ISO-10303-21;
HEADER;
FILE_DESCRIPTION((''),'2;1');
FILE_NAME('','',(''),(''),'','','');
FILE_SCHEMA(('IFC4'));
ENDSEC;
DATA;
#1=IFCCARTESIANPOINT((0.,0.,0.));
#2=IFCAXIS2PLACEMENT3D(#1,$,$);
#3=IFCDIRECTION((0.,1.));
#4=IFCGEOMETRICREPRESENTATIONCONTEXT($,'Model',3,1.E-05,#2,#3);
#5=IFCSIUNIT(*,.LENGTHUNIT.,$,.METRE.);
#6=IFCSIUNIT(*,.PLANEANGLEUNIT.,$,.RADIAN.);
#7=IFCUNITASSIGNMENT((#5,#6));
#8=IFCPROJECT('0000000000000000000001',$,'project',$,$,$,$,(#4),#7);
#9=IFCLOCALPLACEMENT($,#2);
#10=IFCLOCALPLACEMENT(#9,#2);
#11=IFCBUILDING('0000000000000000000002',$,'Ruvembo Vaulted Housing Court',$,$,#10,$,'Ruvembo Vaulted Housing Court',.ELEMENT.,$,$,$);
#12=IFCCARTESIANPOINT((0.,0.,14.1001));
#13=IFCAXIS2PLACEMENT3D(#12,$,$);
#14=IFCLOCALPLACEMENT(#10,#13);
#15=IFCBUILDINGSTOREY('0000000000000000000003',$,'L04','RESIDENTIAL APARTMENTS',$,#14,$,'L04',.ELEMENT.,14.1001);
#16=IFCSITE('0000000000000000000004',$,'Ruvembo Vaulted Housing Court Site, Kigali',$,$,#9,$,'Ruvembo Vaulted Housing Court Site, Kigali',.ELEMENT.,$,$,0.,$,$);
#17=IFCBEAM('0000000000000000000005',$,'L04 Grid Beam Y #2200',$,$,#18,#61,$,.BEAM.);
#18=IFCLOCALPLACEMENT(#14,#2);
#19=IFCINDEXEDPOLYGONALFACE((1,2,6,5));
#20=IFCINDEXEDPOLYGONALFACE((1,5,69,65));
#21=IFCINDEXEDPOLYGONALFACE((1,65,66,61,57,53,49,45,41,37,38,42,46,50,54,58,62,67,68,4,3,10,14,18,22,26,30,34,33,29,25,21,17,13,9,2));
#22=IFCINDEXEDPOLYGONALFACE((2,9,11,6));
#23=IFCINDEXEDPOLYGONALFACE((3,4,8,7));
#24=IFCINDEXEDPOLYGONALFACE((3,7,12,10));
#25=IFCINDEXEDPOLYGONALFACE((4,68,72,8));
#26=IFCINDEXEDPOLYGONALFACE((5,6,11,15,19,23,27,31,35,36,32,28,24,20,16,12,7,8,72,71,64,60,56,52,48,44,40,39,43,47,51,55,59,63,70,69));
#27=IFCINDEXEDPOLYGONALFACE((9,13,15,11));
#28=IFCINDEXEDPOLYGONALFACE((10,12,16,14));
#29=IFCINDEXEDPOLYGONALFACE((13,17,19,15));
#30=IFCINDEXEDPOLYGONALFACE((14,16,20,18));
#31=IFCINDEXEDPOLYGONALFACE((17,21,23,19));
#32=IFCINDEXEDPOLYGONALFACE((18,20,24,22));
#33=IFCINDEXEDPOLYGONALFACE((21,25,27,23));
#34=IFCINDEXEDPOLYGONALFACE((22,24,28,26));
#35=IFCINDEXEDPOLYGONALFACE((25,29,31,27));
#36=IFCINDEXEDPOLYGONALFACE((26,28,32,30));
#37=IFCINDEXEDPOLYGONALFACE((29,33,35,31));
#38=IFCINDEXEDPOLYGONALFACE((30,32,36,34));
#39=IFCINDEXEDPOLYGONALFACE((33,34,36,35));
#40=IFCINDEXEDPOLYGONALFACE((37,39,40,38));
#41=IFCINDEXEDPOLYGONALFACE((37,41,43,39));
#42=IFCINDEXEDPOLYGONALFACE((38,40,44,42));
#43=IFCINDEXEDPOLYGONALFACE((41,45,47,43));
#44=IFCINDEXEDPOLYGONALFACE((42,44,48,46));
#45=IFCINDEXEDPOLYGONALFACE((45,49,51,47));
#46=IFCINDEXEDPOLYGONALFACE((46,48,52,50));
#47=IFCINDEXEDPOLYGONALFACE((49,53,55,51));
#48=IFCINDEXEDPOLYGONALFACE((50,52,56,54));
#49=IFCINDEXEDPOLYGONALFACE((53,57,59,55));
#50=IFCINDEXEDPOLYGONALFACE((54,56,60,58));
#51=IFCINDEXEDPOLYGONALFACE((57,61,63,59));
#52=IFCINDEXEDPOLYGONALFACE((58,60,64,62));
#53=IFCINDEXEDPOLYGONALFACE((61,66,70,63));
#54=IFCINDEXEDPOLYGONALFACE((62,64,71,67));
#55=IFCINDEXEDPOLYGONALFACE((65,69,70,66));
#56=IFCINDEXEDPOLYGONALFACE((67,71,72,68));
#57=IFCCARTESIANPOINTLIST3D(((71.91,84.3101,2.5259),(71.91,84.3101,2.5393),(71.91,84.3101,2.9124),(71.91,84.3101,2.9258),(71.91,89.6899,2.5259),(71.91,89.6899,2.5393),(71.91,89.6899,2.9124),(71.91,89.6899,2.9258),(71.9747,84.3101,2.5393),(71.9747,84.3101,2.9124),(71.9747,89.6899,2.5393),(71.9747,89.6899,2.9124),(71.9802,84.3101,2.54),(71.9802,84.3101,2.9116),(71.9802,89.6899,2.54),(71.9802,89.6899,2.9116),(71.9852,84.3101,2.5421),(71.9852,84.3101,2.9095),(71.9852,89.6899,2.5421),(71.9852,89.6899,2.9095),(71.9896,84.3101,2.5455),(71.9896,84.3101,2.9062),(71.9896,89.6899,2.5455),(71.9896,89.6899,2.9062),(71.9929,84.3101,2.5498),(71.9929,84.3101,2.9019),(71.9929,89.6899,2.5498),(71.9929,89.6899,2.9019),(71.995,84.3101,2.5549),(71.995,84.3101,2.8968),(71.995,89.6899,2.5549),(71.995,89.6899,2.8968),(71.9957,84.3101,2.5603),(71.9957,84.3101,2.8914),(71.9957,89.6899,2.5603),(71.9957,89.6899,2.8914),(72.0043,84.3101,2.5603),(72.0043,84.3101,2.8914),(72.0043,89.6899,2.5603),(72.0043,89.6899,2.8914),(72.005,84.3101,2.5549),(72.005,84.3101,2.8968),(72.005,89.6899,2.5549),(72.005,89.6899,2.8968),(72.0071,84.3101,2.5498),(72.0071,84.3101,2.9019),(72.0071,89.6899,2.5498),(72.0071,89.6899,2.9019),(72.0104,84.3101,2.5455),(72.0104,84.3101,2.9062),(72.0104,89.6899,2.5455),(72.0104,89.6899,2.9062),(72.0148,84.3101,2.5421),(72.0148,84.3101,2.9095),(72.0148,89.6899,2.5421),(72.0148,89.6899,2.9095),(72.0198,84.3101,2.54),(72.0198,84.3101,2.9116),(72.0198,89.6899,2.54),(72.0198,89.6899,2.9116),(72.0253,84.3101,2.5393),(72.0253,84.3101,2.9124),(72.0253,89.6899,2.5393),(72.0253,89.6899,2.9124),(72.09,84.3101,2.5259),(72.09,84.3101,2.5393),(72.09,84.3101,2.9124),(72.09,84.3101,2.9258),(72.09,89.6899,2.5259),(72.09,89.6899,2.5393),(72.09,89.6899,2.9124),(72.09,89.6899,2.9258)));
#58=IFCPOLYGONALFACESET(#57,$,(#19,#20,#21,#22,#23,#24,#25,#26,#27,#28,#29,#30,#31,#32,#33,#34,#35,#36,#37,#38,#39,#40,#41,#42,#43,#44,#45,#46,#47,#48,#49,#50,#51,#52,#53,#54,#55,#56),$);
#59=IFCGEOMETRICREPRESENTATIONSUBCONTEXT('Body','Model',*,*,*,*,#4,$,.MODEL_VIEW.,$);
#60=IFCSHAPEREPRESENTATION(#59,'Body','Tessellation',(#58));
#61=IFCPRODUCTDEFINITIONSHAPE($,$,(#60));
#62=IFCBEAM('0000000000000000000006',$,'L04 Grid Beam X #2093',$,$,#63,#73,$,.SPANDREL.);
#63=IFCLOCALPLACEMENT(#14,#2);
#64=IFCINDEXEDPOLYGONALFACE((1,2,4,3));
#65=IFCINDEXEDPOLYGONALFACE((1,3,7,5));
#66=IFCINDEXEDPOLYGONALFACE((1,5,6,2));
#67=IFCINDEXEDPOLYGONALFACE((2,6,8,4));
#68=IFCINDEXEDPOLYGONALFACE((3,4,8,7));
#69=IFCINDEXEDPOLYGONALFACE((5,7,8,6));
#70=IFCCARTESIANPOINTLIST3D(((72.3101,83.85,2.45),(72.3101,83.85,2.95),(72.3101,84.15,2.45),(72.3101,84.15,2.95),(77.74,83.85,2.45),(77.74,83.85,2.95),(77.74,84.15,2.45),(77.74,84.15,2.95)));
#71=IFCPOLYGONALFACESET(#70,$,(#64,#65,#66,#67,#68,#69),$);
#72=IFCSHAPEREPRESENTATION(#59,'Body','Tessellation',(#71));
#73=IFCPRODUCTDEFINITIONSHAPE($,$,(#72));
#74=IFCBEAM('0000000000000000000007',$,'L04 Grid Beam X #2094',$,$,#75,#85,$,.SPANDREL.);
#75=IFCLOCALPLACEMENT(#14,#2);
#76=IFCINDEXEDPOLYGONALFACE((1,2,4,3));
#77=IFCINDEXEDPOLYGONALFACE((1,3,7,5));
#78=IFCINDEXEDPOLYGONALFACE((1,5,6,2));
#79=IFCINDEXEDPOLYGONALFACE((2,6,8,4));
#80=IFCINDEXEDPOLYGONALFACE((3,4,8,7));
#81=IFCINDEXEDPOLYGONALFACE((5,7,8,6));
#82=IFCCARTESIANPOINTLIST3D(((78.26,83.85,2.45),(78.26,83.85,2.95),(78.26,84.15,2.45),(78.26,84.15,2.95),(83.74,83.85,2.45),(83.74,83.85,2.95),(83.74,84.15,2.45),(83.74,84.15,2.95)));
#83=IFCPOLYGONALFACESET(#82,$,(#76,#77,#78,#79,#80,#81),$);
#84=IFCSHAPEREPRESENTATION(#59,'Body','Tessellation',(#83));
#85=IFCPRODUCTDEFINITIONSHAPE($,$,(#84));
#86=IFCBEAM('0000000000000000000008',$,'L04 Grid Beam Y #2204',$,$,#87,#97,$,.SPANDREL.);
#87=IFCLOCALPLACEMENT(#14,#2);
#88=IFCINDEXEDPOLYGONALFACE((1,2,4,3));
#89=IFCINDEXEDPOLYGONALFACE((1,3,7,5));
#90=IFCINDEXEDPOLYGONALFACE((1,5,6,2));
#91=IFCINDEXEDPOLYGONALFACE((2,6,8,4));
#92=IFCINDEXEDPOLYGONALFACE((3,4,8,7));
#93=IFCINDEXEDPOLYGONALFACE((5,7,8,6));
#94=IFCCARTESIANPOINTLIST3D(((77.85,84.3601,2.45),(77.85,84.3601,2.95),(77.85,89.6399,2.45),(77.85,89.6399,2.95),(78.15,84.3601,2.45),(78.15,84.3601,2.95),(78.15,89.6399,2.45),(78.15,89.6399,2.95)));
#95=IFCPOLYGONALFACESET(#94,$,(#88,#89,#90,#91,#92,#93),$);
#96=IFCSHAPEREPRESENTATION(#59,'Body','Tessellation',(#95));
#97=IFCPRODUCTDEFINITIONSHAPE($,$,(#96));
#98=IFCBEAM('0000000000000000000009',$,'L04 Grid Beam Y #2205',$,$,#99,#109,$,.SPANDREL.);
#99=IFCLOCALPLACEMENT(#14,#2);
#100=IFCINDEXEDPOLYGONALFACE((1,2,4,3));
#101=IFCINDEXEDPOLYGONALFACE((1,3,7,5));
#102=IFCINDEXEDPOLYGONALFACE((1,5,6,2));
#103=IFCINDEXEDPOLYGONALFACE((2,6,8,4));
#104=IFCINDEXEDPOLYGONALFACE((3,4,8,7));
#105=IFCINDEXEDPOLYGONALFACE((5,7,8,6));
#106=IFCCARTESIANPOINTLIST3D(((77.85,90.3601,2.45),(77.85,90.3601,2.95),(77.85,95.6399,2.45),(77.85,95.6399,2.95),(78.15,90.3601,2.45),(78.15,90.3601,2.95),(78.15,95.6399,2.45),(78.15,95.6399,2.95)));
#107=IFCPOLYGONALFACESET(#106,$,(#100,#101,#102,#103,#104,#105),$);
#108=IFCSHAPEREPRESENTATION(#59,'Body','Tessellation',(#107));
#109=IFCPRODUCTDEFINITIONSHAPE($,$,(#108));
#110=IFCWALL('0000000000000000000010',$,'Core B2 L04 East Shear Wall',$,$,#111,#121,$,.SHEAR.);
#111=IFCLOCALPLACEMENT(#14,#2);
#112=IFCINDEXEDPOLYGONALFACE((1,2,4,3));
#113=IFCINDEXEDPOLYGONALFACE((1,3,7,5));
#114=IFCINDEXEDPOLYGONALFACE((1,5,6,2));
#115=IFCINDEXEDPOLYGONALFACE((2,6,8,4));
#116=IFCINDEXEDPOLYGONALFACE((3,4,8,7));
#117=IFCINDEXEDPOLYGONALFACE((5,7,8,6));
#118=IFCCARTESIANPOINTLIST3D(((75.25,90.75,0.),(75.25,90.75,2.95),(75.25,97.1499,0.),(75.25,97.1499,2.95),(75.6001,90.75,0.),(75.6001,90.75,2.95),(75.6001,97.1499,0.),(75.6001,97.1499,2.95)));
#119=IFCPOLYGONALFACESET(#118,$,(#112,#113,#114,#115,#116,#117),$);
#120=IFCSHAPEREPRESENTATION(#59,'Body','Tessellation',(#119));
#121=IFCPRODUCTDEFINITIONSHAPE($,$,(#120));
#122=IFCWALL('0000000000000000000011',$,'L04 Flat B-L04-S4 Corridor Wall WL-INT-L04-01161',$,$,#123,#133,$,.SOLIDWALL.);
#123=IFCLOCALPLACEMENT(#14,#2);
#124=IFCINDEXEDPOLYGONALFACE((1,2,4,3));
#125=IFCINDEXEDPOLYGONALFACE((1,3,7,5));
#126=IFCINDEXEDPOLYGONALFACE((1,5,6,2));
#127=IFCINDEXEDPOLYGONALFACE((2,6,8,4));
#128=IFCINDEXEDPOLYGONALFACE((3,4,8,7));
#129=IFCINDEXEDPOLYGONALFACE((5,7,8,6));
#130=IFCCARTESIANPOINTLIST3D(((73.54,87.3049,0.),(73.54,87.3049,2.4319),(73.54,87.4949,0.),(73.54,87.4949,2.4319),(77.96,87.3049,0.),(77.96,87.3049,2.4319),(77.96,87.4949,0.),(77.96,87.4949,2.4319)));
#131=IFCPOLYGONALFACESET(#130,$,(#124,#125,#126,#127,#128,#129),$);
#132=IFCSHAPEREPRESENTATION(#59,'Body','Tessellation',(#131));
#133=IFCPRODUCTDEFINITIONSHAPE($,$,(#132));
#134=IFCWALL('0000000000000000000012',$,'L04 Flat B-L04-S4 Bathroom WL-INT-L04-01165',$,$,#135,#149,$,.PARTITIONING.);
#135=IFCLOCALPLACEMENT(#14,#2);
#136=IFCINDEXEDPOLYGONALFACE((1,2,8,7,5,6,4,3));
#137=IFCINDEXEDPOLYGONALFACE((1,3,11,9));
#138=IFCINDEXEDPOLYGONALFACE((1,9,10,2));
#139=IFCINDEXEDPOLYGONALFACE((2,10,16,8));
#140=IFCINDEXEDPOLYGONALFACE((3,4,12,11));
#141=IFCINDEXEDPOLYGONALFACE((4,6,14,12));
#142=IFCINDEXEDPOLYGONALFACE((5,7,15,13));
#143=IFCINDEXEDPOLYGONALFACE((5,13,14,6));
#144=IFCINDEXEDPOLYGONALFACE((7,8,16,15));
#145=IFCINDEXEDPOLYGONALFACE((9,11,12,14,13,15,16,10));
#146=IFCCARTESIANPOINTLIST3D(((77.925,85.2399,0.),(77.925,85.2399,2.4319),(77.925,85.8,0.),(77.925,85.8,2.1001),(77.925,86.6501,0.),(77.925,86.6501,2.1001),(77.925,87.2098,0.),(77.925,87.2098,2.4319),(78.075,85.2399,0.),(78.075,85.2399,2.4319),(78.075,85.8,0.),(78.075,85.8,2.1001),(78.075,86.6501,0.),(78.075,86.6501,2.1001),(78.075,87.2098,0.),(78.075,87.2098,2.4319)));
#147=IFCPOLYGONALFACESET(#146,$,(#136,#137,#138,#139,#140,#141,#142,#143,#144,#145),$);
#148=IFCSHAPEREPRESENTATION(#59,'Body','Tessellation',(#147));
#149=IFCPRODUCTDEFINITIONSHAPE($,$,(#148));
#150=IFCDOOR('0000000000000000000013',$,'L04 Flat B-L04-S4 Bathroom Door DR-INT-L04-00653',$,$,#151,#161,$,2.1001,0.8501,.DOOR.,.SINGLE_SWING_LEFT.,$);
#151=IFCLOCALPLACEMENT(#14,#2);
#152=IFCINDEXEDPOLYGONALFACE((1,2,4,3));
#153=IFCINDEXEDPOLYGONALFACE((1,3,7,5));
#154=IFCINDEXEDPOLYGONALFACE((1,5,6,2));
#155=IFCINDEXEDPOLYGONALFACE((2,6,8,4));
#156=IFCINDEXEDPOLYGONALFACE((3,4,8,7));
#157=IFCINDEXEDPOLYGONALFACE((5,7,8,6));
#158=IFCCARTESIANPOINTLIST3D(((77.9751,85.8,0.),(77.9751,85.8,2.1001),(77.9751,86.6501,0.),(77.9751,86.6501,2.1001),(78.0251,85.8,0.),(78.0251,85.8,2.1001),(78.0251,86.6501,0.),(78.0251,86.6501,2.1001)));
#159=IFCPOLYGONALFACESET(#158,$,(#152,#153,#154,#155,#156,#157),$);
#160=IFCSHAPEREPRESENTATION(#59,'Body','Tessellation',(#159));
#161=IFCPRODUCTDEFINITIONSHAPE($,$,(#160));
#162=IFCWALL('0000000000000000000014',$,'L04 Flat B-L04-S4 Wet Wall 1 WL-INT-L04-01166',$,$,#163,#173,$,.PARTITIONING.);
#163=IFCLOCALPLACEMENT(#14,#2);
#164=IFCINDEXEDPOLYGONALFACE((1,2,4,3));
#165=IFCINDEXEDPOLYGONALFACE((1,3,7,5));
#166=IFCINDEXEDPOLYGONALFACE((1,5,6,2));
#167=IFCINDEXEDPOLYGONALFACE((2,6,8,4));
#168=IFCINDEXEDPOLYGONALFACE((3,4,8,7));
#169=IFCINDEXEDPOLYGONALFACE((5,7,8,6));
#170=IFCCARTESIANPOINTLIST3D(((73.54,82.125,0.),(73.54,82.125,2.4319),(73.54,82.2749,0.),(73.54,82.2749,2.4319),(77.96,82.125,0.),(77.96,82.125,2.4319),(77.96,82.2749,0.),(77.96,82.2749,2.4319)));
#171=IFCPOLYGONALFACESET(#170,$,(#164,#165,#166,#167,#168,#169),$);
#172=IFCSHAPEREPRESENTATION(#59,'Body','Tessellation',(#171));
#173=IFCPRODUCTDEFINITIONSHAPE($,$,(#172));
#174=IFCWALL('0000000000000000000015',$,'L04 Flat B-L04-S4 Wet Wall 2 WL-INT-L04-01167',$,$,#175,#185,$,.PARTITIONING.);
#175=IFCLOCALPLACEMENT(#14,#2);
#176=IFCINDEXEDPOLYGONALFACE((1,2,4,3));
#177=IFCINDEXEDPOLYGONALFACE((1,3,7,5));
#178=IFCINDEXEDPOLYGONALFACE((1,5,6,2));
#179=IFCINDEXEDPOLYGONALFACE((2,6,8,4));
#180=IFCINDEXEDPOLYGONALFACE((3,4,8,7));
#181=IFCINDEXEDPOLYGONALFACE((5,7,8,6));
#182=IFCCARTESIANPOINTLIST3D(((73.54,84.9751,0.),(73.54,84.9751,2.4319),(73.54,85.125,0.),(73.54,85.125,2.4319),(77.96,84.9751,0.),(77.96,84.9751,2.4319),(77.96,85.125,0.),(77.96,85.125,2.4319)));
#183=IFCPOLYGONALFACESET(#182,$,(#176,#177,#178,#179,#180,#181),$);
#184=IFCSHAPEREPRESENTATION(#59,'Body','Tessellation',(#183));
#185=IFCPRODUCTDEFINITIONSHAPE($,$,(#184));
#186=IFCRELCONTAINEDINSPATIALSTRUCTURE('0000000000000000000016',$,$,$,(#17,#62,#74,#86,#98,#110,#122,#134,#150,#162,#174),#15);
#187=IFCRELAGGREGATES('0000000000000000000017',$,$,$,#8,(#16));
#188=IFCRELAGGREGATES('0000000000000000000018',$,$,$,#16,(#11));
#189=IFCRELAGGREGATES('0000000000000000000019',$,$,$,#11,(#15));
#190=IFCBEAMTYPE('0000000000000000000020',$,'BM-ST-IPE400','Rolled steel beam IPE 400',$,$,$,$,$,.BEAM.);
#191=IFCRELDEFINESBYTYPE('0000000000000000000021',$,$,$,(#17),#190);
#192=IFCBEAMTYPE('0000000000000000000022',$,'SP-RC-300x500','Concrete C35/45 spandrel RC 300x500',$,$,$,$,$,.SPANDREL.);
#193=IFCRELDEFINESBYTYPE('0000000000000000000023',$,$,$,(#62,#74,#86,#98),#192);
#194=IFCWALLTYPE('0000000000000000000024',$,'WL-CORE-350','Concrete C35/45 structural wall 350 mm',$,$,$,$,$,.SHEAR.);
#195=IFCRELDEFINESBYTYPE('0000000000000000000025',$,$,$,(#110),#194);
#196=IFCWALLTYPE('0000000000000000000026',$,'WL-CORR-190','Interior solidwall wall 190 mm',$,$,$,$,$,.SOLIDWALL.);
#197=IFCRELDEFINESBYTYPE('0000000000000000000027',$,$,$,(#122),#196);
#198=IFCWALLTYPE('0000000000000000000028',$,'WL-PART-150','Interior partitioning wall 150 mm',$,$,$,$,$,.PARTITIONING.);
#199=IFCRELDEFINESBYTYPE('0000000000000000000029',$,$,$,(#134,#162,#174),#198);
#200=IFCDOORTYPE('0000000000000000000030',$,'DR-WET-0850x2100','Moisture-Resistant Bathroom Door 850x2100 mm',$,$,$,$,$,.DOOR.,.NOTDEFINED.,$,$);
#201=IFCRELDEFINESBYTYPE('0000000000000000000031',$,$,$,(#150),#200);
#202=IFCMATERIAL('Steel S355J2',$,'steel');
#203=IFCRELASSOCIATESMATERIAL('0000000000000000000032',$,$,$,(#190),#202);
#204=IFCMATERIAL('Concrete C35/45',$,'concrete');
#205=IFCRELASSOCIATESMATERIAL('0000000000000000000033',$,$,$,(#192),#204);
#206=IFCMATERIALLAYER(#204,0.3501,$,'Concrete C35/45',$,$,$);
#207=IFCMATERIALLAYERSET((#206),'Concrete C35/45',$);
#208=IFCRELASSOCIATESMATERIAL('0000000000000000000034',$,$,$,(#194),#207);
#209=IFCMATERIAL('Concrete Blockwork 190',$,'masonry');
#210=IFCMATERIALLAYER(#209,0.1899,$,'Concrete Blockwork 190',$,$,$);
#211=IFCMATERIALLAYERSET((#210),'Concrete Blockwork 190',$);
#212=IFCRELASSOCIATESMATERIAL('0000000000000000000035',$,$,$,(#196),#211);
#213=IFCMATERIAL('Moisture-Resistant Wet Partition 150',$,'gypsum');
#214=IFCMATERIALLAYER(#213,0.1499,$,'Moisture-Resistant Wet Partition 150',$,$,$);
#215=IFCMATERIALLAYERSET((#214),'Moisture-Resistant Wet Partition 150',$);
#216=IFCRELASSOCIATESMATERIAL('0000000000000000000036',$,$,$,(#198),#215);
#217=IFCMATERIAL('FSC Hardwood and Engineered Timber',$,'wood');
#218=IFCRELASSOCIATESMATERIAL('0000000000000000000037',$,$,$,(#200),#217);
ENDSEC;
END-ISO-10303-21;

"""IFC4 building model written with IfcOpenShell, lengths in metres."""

from ifc_helpers import new_model, si_unit, direction, frame, frame_2d, origin, origin_2d, place, context, subcontext, project, spatial, rectangle, i_section, extrude, material, layer, layer_set, material_profile, profile_set, type_object, element, fill, save


model = new_model("IFC4")

# Units and contexts
model_context = context("Model", 3, precision=1e-05, world=origin(), true_north=direction((0.0, 1.0)))
body_context = subcontext(model_context, "Body", "Model", "MODEL_VIEW")
ifc_project = project(units=[si_unit("LENGTHUNIT", "METRE"), si_unit("PLANEANGLEUNIT", "RADIAN")], contexts=[model_context])

# Site, building, storey
site_placement = place(None, origin())
site = spatial("IfcSite", under=ifc_project, at=site_placement, Name="Ruvembo Vaulted Housing Court Site, Kigali", LongName="Ruvembo Vaulted Housing Court Site, Kigali", CompositionType="ELEMENT", RefElevation=0.0)
building_placement = place(site_placement, origin())
building = spatial("IfcBuilding", under=site, at=building_placement, Name="Ruvembo Vaulted Housing Court", LongName="Ruvembo Vaulted Housing Court", CompositionType="ELEMENT")
storey_placement = place(building_placement, frame((0.0, 0.0, 14.1001)))
storey = spatial("IfcBuildingStorey", under=building, at=storey_placement, Name="L04", Description="RESIDENTIAL APARTMENTS", LongName="L04", CompositionType="ELEMENT", Elevation=14.1001)

# Beams
ifc_material_1 = material(Name="Steel S355J2", Category="steel")
ifc_material_profile_1 = material_profile(ifc_material_1, i_section(OverallWidth=0.1799, OverallDepth=0.3999, WebThickness=0.0085, FlangeThickness=0.0134, FilletRadius=0.021, at=origin_2d()), Name="IPE 400")
ifc_profile_set_1 = profile_set([ifc_material_profile_1], Name="Steel S355J2")
beam_type_1 = type_object("IfcBeamType", Name="BM-ST-IPE400", Description="Rolled steel beam IPE 400", PredefinedType="BEAM", material=ifc_profile_set_1)
beam_1_placement = place(storey_placement, frame((72.0, 84.3101, 2.7258), z_axis=(0.0, 1.0, 0.0), x_axis=(-1.0, 0.0, 0.0)))
element("IfcBeam", 1, at=beam_1_placement, inside=storey, type_object=beam_type_1, Name="L04 Grid Beam Y #2200", PredefinedType="BEAM", context=body_context, shape_type="SweptSolid", body=[
    extrude(i_section(OverallWidth=0.1799, OverallDepth=0.3999, WebThickness=0.0085, FlangeThickness=0.0134, FilletRadius=0.021, at=origin_2d()), origin(), (0.0, 0.0, 1.0), 5.3799),
])
ifc_material_2 = material(Name="Concrete C35/45", Category="concrete")
ifc_material_profile_2 = material_profile(ifc_material_2, rectangle(XDim=0.3, YDim=0.5, at=origin_2d()), Name="RC 300x500")
ifc_profile_set_2 = profile_set([ifc_material_profile_2], Name="Concrete C35/45")
beam_type_2 = type_object("IfcBeamType", Name="SP-RC-300x500", Description="Concrete C35/45 spandrel RC 300x500", PredefinedType="SPANDREL", material=ifc_profile_set_2)
beam_2_placement = place(storey_placement, frame((72.3101, 84.0, 2.7), z_axis=(1.0, 0.0, 0.0), x_axis=(0.0, 1.0, 0.0)))
element("IfcBeam", 2, at=beam_2_placement, inside=storey, type_object=beam_type_2, Name="L04 Grid Beam X #2093", PredefinedType="SPANDREL", context=body_context, shape_type="SweptSolid", body=[
    extrude(rectangle(XDim=0.3, YDim=0.5, at=origin_2d()), origin(), (0.0, 0.0, 1.0), 5.4299),
])
beam_3_placement = place(storey_placement, frame((78.26, 84.0, 2.7), z_axis=(1.0, 0.0, 0.0), x_axis=(0.0, 1.0, 0.0)))
element("IfcBeam", 3, at=beam_3_placement, inside=storey, type_object=beam_type_2, Name="L04 Grid Beam X #2094", PredefinedType="SPANDREL", context=body_context, shape_type="SweptSolid", body=[
    extrude(rectangle(XDim=0.3, YDim=0.5, at=origin_2d()), origin(), (0.0, 0.0, 1.0), 5.48),
])
for number, where, z_axis, x_axis, name in (
    (4, (78.0, 84.3601, 2.7), (0.0, 1.0, 0.0), (-1.0, 0.0, 0.0), "L04 Grid Beam Y #2204"),
    (5, (78.0, 90.3601, 2.7), (0.0, 1.0, 0.0), (-1.0, 0.0, 0.0), "L04 Grid Beam Y #2205"),
):
    element("IfcBeam", number, at=place(storey_placement, frame(where, z_axis=z_axis, x_axis=x_axis)), inside=storey, type_object=beam_type_2, Name=name, PredefinedType="SPANDREL", context=body_context, shape_type="SweptSolid", body=[
        extrude(rectangle(XDim=0.3, YDim=0.5, at=origin_2d()), origin(), (0.0, 0.0, 1.0), 5.2798),
    ])

# Walls
ifc_layer_1 = layer(ifc_material_2, 0.3501, Name="Concrete C35/45")
ifc_layer_set_1 = layer_set([ifc_layer_1], Name="Concrete C35/45")
wall_type_1 = type_object("IfcWallType", Name="WL-CORE-350", Description="Concrete C35/45 structural wall 350 mm", PredefinedType="SHEAR", material=ifc_layer_set_1)
wall_1_placement = place(storey_placement, frame((75.425, 90.75, 0.0), z_axis=(0.0, 0.0, 1.0), x_axis=(0.0, 1.0, 0.0)))
element("IfcWall", 6, at=wall_1_placement, inside=storey, type_object=wall_type_1, Name="Core B2 L04 East Shear Wall", PredefinedType="SHEAR", context=body_context, shape_type="SweptSolid", body=[
    extrude(rectangle(XDim=6.3999, YDim=0.3501, at=frame_2d((3.2, 0.0))), origin(), (0.0, 0.0, 1.0), 2.95),
])
ifc_material_3 = material(Name="Concrete Blockwork 190", Category="masonry")
ifc_layer_2 = layer(ifc_material_3, 0.1899, Name="Concrete Blockwork 190")
ifc_layer_set_2 = layer_set([ifc_layer_2], Name="Concrete Blockwork 190")
wall_type_2 = type_object("IfcWallType", Name="WL-CORR-190", Description="Interior solidwall wall 190 mm", PredefinedType="SOLIDWALL", material=ifc_layer_set_2)
wall_2_placement = place(storey_placement, frame((73.54, 87.3999, 0.0), z_axis=(0.0, 0.0, 1.0), x_axis=(1.0, 0.0, 0.0)))
element("IfcWall", 7, at=wall_2_placement, inside=storey, type_object=wall_type_2, Name="L04 Flat B-L04-S4 Corridor Wall WL-INT-L04-01161", PredefinedType="SOLIDWALL", context=body_context, shape_type="SweptSolid", body=[
    extrude(rectangle(XDim=4.4199, YDim=0.1899, at=frame_2d((2.21, 0.0))), origin(), (0.0, 0.0, 1.0), 2.4319),
])

# Wall, opening, door
ifc_material_4 = material(Name="FSC Hardwood and Engineered Timber", Category="wood")
ifc_material_5 = material(Name="Moisture-Resistant Wet Partition 150", Category="gypsum")
ifc_layer_3 = layer(ifc_material_5, 0.1499, Name="Moisture-Resistant Wet Partition 150")
ifc_layer_set_3 = layer_set([ifc_layer_3], Name="Moisture-Resistant Wet Partition 150")
wall_type_3 = type_object("IfcWallType", Name="WL-PART-150", Description="Interior partitioning wall 150 mm", PredefinedType="PARTITIONING", material=ifc_layer_set_3)
wall_3_placement = place(storey_placement, frame((78.0, 85.24, 0.0), z_axis=(0.0, 0.0, 1.0), x_axis=(0.0, 1.0, 0.0)))
wall_3 = element("IfcWall", 8, at=wall_3_placement, inside=storey, type_object=wall_type_3, Name="L04 Flat B-L04-S4 Bathroom WL-INT-L04-01165", PredefinedType="PARTITIONING", context=body_context, shape_type="SweptSolid", body=[
    extrude(rectangle(XDim=1.97, YDim=0.1499, at=frame_2d((0.9849, 0.0))), origin(), (0.0, 0.0, 1.0), 2.4319),
])
opening_1_placement = place(wall_3_placement, frame((0.5601, 0.0, 0.0)))
opening_1 = element("IfcOpeningElement", 9, at=opening_1_placement, cuts=wall_3, PredefinedType="OPENING", context=body_context, shape_type="SweptSolid", body=[
    extrude(rectangle(XDim=0.8501, YDim=2.1001, at=frame_2d((0.425, 1.05))), frame((0.0, 0.085, 0.0), z_axis=(0.0, -1.0, 0.0), x_axis=(1.0, 0.0, 0.0)), (0.0, 0.0, 1.0), 0.1699),
])
door_type_1 = type_object("IfcDoorType", Name="DR-WET-0850x2100", Description="Moisture-Resistant Bathroom Door 850x2100 mm", OperationType="NOTDEFINED", PredefinedType="DOOR", material=ifc_material_4)
door_1_placement = place(opening_1_placement, origin())
door_1 = element("IfcDoor", 10, at=door_1_placement, inside=storey, type_object=door_type_1, Name="L04 Flat B-L04-S4 Bathroom Door DR-INT-L04-00653", OperationType="SINGLE_SWING_LEFT", OverallHeight=2.1001, OverallWidth=0.8501, PredefinedType="DOOR", context=body_context, shape_type="SweptSolid", body=[
    extrude(rectangle(XDim=0.8501, YDim=2.1001, at=frame_2d((0.425, 1.05))), frame((0.0, 0.0249, 0.0), z_axis=(0.0, -1.0, 0.0), x_axis=(1.0, 0.0, 0.0)), (0.0, 0.0, 1.0), 0.05),
])
fill(opening_1, door_1)

# Walls
for number, where, z_axis, x_axis, name in (
    (11, (73.54, 82.2, 0.0), (0.0, 0.0, 1.0), (1.0, 0.0, 0.0), "L04 Flat B-L04-S4 Wet Wall 1 WL-INT-L04-01166"),
    (12, (73.54, 85.05, 0.0), (0.0, 0.0, 1.0), (1.0, 0.0, 0.0), "L04 Flat B-L04-S4 Wet Wall 2 WL-INT-L04-01167"),
):
    element("IfcWall", number, at=place(storey_placement, frame(where, z_axis=z_axis, x_axis=x_axis)), inside=storey, type_object=wall_type_3, Name=name, PredefinedType="PARTITIONING", context=body_context, shape_type="SweptSolid", body=[
        extrude(rectangle(XDim=4.4199, YDim=0.1499, at=frame_2d((2.21, 0.0))), origin(), (0.0, 0.0, 1.0), 2.4319),
    ])

save(model, "model.ifc")
